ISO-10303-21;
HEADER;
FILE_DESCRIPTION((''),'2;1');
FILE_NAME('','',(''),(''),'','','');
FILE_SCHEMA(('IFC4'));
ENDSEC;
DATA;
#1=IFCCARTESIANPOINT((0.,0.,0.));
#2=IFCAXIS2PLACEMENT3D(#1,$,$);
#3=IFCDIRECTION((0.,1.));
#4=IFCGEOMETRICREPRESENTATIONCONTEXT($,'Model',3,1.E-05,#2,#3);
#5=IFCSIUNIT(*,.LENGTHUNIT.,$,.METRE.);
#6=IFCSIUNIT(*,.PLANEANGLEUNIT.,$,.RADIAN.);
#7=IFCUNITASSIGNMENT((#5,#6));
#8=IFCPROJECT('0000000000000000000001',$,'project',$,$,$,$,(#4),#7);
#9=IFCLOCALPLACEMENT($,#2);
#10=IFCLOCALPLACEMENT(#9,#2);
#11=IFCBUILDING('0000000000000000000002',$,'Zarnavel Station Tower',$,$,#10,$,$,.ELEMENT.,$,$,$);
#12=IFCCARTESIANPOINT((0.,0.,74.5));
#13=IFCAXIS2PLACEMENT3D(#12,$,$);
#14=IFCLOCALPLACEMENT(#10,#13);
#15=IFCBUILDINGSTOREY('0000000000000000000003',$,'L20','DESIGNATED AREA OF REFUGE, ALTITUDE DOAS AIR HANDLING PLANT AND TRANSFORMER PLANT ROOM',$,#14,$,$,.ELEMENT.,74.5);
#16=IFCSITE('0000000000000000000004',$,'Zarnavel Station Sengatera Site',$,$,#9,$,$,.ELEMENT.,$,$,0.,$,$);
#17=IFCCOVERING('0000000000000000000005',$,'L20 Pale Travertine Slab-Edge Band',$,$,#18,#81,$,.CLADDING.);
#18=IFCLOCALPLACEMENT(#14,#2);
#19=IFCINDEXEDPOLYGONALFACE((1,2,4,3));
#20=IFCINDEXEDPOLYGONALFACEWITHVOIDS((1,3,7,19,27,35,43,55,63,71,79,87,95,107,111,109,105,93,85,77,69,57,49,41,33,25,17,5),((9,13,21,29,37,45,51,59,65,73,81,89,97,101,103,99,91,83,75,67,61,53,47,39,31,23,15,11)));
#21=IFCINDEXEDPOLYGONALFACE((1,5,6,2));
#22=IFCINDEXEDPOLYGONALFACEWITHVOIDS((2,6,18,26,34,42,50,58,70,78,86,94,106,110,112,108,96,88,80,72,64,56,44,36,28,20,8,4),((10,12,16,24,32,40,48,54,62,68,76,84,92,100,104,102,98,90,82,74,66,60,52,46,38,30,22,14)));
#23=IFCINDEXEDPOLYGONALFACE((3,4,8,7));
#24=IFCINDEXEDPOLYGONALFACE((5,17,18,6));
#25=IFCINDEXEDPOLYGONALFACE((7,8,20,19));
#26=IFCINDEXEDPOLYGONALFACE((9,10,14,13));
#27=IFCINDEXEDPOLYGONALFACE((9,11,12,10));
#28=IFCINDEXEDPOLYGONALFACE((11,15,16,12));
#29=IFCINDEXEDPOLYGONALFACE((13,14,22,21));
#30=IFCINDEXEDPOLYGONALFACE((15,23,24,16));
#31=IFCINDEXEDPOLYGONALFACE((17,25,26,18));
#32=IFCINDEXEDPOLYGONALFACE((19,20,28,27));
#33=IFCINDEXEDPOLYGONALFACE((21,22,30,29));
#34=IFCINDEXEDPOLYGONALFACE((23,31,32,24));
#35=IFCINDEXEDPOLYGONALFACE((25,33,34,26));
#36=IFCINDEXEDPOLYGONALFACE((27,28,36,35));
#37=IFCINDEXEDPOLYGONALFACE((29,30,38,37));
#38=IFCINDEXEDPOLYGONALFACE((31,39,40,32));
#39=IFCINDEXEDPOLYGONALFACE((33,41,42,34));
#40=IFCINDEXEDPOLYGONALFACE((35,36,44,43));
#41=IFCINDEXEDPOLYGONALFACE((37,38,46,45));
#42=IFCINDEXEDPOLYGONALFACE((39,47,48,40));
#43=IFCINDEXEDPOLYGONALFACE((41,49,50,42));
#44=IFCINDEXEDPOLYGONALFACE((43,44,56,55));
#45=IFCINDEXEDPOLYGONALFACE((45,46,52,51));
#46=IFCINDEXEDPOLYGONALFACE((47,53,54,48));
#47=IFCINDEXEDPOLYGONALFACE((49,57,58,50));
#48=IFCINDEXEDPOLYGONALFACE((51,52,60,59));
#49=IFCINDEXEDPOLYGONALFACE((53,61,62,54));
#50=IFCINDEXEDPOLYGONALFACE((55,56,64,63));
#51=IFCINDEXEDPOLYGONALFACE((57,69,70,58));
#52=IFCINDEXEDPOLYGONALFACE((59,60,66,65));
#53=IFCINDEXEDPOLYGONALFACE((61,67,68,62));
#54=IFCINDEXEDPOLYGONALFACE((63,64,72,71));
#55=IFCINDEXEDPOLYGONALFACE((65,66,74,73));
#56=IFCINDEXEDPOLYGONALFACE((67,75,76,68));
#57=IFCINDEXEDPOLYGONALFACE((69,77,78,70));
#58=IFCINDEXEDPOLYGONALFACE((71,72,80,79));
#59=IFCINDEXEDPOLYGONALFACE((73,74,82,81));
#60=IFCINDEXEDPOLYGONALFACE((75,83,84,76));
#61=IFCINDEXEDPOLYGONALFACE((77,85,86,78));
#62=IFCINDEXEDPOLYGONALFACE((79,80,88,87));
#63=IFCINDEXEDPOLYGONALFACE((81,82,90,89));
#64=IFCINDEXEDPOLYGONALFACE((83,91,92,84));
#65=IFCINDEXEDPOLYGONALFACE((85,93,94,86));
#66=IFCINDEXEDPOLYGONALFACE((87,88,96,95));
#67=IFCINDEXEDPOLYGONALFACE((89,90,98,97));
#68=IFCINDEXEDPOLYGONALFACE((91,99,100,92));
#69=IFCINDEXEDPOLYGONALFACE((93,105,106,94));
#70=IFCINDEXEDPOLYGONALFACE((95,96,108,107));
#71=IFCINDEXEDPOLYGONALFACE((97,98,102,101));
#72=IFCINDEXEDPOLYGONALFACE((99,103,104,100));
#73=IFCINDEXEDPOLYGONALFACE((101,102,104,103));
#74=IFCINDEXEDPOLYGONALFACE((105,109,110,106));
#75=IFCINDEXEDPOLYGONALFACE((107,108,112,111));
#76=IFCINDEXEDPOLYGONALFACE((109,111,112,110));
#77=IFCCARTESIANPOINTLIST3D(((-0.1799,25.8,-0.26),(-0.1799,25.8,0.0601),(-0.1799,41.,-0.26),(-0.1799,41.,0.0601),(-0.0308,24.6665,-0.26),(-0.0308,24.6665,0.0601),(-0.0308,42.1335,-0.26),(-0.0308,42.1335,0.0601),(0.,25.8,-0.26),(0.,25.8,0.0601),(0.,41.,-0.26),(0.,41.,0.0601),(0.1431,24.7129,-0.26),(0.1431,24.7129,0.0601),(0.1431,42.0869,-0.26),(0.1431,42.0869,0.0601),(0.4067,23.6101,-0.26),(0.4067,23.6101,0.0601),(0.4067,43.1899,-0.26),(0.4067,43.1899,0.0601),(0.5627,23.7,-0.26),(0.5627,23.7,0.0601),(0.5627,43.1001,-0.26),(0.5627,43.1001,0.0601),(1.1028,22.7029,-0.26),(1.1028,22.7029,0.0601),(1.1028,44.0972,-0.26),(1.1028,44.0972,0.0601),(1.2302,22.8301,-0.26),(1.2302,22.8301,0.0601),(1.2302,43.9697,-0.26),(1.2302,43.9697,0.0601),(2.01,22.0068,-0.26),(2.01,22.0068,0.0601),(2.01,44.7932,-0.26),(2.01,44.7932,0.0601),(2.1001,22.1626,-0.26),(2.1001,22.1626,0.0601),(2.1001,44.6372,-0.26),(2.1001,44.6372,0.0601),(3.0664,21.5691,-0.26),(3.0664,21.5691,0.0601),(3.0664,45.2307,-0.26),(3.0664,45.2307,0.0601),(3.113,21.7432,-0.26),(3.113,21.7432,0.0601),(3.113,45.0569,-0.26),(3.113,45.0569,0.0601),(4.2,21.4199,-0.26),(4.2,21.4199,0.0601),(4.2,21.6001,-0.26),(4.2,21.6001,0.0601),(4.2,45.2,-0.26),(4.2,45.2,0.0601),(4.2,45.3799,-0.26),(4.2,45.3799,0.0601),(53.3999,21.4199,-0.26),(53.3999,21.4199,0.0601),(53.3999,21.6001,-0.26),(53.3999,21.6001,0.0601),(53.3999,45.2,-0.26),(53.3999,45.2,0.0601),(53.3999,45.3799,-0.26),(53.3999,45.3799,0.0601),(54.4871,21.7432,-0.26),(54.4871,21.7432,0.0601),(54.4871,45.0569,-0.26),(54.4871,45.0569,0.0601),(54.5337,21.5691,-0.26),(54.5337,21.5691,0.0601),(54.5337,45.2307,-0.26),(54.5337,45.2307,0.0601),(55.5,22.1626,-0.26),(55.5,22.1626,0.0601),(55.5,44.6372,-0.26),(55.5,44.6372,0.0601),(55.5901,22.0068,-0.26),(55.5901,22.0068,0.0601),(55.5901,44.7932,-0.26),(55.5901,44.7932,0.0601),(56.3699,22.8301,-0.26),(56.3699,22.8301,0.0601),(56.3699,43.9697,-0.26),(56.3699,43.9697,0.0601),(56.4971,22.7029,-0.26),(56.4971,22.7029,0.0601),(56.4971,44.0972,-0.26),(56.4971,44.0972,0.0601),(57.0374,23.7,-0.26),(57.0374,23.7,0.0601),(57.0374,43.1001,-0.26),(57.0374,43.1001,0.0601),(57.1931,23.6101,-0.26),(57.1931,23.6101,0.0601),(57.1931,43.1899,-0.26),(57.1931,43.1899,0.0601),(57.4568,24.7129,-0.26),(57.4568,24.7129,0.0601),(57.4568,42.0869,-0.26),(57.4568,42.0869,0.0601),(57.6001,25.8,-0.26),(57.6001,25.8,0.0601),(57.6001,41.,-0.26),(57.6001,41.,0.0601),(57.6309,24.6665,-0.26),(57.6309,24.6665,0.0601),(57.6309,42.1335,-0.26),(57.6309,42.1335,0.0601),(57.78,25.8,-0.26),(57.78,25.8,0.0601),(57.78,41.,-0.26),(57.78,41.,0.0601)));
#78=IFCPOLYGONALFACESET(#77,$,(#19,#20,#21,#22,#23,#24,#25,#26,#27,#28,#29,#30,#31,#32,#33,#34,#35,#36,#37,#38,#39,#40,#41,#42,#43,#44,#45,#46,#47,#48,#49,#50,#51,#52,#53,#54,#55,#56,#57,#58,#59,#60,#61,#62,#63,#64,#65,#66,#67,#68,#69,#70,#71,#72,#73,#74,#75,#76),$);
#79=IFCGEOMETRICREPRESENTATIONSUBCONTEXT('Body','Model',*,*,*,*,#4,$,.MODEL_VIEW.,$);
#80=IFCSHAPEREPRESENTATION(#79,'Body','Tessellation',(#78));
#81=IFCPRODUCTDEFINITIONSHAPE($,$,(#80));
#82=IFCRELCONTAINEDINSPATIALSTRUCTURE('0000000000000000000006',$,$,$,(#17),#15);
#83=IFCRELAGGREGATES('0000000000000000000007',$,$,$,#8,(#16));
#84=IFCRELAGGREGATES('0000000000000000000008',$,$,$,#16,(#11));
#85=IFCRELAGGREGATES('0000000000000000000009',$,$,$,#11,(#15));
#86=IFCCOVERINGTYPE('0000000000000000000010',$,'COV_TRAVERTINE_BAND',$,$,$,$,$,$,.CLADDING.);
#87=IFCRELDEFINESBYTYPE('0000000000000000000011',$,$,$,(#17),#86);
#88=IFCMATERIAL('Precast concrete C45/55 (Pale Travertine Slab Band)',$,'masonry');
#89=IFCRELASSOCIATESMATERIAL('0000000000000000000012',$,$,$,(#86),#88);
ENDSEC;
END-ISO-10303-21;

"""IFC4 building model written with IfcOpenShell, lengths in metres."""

from ifc_helpers import new_model, si_unit, direction, frame, origin, place, context, subcontext, project, spatial, polyline, outline, extrude, material, type_object, element, save


model = new_model("IFC4")

# Units and contexts
model_context = context("Model", 3, precision=1e-05, world=origin(), true_north=direction((0.0, 1.0)))
body_context = subcontext(model_context, "Body", "Model", "MODEL_VIEW")
ifc_project = project(units=[si_unit("LENGTHUNIT", "METRE"), si_unit("PLANEANGLEUNIT", "RADIAN")], contexts=[model_context])

# Site, building, storey
site_placement = place(None, origin())
site = spatial("IfcSite", under=ifc_project, at=site_placement, Name="Zarnavel Station Sengatera Site", CompositionType="ELEMENT", RefElevation=0.0)
building_placement = place(site_placement, origin())
building = spatial("IfcBuilding", under=site, at=building_placement, Name="Zarnavel Station Tower", CompositionType="ELEMENT")
storey_placement = place(building_placement, frame((0.0, 0.0, 74.5)))
storey = spatial("IfcBuildingStorey", under=building, at=storey_placement, Name="L20", Description="DESIGNATED AREA OF REFUGE, ALTITUDE DOAS AIR HANDLING PLANT AND TRANSFORMER PLANT ROOM", CompositionType="ELEMENT", Elevation=74.5)

# Covering
ifc_material_1 = material(Name="Precast concrete C45/55 (Pale Travertine Slab Band)", Category="masonry")
covering_type = type_object("IfcCoveringType", Name="COV_TRAVERTINE_BAND", PredefinedType="CLADDING", material=ifc_material_1)
covering_placement = place(storey_placement, frame((0.0, 0.0, -0.26)))
element("IfcCovering", 1, at=covering_placement, inside=storey, type_object=covering_type, Name="L20 Pale Travertine Slab-Edge Band", PredefinedType="CLADDING", context=body_context, shape_type="SweptSolid", body=[
    extrude(outline(polyline([(53.3999, 21.4199), (54.5337, 21.5691), (55.5901, 22.0068), (56.4971, 22.7029), (57.1931, 23.6101), (57.6309, 24.6665), (57.78, 25.8), (57.78, 41.0), (57.6309, 42.1335), (57.1931, 43.1899), (56.4971, 44.0972), (55.5901, 44.7932), (54.5337, 45.2307), (53.3999, 45.3799), (4.2, 45.3799), (3.0664, 45.2307), (2.01, 44.7932), (1.1028, 44.0972), (0.4067, 43.1899), (-0.0308, 42.1335), (-0.1799, 41.0), (-0.1799, 25.8), (-0.0308, 24.6665), (0.4067, 23.6101), (1.1028, 22.7029), (2.01, 22.0068), (3.0664, 21.5691), (4.2, 21.4199), (53.3999, 21.4199)]), holes=[polyline([(53.3999, 21.6001), (54.4871, 21.7432), (55.5, 22.1626), (56.3699, 22.8301), (57.0374, 23.7), (57.4568, 24.7129), (57.6001, 25.8), (57.6001, 41.0), (57.4568, 42.0869), (57.0374, 43.1001), (56.3699, 43.9697), (55.5, 44.6372), (54.4871, 45.0569), (53.3999, 45.2), (4.2, 45.2), (3.113, 45.0569), (2.1001, 44.6372), (1.2302, 43.9697), (0.5627, 43.1001), (0.1431, 42.0869), (0.0, 41.0), (0.0, 25.8), (0.1431, 24.7129), (0.5627, 23.7), (1.2302, 22.8301), (2.1001, 22.1626), (3.113, 21.7432), (4.2, 21.6001), (53.3999, 21.6001)])]), origin(), (0.0, 0.0, 1.0), 0.3201),
])

save(model, "model.ifc")
